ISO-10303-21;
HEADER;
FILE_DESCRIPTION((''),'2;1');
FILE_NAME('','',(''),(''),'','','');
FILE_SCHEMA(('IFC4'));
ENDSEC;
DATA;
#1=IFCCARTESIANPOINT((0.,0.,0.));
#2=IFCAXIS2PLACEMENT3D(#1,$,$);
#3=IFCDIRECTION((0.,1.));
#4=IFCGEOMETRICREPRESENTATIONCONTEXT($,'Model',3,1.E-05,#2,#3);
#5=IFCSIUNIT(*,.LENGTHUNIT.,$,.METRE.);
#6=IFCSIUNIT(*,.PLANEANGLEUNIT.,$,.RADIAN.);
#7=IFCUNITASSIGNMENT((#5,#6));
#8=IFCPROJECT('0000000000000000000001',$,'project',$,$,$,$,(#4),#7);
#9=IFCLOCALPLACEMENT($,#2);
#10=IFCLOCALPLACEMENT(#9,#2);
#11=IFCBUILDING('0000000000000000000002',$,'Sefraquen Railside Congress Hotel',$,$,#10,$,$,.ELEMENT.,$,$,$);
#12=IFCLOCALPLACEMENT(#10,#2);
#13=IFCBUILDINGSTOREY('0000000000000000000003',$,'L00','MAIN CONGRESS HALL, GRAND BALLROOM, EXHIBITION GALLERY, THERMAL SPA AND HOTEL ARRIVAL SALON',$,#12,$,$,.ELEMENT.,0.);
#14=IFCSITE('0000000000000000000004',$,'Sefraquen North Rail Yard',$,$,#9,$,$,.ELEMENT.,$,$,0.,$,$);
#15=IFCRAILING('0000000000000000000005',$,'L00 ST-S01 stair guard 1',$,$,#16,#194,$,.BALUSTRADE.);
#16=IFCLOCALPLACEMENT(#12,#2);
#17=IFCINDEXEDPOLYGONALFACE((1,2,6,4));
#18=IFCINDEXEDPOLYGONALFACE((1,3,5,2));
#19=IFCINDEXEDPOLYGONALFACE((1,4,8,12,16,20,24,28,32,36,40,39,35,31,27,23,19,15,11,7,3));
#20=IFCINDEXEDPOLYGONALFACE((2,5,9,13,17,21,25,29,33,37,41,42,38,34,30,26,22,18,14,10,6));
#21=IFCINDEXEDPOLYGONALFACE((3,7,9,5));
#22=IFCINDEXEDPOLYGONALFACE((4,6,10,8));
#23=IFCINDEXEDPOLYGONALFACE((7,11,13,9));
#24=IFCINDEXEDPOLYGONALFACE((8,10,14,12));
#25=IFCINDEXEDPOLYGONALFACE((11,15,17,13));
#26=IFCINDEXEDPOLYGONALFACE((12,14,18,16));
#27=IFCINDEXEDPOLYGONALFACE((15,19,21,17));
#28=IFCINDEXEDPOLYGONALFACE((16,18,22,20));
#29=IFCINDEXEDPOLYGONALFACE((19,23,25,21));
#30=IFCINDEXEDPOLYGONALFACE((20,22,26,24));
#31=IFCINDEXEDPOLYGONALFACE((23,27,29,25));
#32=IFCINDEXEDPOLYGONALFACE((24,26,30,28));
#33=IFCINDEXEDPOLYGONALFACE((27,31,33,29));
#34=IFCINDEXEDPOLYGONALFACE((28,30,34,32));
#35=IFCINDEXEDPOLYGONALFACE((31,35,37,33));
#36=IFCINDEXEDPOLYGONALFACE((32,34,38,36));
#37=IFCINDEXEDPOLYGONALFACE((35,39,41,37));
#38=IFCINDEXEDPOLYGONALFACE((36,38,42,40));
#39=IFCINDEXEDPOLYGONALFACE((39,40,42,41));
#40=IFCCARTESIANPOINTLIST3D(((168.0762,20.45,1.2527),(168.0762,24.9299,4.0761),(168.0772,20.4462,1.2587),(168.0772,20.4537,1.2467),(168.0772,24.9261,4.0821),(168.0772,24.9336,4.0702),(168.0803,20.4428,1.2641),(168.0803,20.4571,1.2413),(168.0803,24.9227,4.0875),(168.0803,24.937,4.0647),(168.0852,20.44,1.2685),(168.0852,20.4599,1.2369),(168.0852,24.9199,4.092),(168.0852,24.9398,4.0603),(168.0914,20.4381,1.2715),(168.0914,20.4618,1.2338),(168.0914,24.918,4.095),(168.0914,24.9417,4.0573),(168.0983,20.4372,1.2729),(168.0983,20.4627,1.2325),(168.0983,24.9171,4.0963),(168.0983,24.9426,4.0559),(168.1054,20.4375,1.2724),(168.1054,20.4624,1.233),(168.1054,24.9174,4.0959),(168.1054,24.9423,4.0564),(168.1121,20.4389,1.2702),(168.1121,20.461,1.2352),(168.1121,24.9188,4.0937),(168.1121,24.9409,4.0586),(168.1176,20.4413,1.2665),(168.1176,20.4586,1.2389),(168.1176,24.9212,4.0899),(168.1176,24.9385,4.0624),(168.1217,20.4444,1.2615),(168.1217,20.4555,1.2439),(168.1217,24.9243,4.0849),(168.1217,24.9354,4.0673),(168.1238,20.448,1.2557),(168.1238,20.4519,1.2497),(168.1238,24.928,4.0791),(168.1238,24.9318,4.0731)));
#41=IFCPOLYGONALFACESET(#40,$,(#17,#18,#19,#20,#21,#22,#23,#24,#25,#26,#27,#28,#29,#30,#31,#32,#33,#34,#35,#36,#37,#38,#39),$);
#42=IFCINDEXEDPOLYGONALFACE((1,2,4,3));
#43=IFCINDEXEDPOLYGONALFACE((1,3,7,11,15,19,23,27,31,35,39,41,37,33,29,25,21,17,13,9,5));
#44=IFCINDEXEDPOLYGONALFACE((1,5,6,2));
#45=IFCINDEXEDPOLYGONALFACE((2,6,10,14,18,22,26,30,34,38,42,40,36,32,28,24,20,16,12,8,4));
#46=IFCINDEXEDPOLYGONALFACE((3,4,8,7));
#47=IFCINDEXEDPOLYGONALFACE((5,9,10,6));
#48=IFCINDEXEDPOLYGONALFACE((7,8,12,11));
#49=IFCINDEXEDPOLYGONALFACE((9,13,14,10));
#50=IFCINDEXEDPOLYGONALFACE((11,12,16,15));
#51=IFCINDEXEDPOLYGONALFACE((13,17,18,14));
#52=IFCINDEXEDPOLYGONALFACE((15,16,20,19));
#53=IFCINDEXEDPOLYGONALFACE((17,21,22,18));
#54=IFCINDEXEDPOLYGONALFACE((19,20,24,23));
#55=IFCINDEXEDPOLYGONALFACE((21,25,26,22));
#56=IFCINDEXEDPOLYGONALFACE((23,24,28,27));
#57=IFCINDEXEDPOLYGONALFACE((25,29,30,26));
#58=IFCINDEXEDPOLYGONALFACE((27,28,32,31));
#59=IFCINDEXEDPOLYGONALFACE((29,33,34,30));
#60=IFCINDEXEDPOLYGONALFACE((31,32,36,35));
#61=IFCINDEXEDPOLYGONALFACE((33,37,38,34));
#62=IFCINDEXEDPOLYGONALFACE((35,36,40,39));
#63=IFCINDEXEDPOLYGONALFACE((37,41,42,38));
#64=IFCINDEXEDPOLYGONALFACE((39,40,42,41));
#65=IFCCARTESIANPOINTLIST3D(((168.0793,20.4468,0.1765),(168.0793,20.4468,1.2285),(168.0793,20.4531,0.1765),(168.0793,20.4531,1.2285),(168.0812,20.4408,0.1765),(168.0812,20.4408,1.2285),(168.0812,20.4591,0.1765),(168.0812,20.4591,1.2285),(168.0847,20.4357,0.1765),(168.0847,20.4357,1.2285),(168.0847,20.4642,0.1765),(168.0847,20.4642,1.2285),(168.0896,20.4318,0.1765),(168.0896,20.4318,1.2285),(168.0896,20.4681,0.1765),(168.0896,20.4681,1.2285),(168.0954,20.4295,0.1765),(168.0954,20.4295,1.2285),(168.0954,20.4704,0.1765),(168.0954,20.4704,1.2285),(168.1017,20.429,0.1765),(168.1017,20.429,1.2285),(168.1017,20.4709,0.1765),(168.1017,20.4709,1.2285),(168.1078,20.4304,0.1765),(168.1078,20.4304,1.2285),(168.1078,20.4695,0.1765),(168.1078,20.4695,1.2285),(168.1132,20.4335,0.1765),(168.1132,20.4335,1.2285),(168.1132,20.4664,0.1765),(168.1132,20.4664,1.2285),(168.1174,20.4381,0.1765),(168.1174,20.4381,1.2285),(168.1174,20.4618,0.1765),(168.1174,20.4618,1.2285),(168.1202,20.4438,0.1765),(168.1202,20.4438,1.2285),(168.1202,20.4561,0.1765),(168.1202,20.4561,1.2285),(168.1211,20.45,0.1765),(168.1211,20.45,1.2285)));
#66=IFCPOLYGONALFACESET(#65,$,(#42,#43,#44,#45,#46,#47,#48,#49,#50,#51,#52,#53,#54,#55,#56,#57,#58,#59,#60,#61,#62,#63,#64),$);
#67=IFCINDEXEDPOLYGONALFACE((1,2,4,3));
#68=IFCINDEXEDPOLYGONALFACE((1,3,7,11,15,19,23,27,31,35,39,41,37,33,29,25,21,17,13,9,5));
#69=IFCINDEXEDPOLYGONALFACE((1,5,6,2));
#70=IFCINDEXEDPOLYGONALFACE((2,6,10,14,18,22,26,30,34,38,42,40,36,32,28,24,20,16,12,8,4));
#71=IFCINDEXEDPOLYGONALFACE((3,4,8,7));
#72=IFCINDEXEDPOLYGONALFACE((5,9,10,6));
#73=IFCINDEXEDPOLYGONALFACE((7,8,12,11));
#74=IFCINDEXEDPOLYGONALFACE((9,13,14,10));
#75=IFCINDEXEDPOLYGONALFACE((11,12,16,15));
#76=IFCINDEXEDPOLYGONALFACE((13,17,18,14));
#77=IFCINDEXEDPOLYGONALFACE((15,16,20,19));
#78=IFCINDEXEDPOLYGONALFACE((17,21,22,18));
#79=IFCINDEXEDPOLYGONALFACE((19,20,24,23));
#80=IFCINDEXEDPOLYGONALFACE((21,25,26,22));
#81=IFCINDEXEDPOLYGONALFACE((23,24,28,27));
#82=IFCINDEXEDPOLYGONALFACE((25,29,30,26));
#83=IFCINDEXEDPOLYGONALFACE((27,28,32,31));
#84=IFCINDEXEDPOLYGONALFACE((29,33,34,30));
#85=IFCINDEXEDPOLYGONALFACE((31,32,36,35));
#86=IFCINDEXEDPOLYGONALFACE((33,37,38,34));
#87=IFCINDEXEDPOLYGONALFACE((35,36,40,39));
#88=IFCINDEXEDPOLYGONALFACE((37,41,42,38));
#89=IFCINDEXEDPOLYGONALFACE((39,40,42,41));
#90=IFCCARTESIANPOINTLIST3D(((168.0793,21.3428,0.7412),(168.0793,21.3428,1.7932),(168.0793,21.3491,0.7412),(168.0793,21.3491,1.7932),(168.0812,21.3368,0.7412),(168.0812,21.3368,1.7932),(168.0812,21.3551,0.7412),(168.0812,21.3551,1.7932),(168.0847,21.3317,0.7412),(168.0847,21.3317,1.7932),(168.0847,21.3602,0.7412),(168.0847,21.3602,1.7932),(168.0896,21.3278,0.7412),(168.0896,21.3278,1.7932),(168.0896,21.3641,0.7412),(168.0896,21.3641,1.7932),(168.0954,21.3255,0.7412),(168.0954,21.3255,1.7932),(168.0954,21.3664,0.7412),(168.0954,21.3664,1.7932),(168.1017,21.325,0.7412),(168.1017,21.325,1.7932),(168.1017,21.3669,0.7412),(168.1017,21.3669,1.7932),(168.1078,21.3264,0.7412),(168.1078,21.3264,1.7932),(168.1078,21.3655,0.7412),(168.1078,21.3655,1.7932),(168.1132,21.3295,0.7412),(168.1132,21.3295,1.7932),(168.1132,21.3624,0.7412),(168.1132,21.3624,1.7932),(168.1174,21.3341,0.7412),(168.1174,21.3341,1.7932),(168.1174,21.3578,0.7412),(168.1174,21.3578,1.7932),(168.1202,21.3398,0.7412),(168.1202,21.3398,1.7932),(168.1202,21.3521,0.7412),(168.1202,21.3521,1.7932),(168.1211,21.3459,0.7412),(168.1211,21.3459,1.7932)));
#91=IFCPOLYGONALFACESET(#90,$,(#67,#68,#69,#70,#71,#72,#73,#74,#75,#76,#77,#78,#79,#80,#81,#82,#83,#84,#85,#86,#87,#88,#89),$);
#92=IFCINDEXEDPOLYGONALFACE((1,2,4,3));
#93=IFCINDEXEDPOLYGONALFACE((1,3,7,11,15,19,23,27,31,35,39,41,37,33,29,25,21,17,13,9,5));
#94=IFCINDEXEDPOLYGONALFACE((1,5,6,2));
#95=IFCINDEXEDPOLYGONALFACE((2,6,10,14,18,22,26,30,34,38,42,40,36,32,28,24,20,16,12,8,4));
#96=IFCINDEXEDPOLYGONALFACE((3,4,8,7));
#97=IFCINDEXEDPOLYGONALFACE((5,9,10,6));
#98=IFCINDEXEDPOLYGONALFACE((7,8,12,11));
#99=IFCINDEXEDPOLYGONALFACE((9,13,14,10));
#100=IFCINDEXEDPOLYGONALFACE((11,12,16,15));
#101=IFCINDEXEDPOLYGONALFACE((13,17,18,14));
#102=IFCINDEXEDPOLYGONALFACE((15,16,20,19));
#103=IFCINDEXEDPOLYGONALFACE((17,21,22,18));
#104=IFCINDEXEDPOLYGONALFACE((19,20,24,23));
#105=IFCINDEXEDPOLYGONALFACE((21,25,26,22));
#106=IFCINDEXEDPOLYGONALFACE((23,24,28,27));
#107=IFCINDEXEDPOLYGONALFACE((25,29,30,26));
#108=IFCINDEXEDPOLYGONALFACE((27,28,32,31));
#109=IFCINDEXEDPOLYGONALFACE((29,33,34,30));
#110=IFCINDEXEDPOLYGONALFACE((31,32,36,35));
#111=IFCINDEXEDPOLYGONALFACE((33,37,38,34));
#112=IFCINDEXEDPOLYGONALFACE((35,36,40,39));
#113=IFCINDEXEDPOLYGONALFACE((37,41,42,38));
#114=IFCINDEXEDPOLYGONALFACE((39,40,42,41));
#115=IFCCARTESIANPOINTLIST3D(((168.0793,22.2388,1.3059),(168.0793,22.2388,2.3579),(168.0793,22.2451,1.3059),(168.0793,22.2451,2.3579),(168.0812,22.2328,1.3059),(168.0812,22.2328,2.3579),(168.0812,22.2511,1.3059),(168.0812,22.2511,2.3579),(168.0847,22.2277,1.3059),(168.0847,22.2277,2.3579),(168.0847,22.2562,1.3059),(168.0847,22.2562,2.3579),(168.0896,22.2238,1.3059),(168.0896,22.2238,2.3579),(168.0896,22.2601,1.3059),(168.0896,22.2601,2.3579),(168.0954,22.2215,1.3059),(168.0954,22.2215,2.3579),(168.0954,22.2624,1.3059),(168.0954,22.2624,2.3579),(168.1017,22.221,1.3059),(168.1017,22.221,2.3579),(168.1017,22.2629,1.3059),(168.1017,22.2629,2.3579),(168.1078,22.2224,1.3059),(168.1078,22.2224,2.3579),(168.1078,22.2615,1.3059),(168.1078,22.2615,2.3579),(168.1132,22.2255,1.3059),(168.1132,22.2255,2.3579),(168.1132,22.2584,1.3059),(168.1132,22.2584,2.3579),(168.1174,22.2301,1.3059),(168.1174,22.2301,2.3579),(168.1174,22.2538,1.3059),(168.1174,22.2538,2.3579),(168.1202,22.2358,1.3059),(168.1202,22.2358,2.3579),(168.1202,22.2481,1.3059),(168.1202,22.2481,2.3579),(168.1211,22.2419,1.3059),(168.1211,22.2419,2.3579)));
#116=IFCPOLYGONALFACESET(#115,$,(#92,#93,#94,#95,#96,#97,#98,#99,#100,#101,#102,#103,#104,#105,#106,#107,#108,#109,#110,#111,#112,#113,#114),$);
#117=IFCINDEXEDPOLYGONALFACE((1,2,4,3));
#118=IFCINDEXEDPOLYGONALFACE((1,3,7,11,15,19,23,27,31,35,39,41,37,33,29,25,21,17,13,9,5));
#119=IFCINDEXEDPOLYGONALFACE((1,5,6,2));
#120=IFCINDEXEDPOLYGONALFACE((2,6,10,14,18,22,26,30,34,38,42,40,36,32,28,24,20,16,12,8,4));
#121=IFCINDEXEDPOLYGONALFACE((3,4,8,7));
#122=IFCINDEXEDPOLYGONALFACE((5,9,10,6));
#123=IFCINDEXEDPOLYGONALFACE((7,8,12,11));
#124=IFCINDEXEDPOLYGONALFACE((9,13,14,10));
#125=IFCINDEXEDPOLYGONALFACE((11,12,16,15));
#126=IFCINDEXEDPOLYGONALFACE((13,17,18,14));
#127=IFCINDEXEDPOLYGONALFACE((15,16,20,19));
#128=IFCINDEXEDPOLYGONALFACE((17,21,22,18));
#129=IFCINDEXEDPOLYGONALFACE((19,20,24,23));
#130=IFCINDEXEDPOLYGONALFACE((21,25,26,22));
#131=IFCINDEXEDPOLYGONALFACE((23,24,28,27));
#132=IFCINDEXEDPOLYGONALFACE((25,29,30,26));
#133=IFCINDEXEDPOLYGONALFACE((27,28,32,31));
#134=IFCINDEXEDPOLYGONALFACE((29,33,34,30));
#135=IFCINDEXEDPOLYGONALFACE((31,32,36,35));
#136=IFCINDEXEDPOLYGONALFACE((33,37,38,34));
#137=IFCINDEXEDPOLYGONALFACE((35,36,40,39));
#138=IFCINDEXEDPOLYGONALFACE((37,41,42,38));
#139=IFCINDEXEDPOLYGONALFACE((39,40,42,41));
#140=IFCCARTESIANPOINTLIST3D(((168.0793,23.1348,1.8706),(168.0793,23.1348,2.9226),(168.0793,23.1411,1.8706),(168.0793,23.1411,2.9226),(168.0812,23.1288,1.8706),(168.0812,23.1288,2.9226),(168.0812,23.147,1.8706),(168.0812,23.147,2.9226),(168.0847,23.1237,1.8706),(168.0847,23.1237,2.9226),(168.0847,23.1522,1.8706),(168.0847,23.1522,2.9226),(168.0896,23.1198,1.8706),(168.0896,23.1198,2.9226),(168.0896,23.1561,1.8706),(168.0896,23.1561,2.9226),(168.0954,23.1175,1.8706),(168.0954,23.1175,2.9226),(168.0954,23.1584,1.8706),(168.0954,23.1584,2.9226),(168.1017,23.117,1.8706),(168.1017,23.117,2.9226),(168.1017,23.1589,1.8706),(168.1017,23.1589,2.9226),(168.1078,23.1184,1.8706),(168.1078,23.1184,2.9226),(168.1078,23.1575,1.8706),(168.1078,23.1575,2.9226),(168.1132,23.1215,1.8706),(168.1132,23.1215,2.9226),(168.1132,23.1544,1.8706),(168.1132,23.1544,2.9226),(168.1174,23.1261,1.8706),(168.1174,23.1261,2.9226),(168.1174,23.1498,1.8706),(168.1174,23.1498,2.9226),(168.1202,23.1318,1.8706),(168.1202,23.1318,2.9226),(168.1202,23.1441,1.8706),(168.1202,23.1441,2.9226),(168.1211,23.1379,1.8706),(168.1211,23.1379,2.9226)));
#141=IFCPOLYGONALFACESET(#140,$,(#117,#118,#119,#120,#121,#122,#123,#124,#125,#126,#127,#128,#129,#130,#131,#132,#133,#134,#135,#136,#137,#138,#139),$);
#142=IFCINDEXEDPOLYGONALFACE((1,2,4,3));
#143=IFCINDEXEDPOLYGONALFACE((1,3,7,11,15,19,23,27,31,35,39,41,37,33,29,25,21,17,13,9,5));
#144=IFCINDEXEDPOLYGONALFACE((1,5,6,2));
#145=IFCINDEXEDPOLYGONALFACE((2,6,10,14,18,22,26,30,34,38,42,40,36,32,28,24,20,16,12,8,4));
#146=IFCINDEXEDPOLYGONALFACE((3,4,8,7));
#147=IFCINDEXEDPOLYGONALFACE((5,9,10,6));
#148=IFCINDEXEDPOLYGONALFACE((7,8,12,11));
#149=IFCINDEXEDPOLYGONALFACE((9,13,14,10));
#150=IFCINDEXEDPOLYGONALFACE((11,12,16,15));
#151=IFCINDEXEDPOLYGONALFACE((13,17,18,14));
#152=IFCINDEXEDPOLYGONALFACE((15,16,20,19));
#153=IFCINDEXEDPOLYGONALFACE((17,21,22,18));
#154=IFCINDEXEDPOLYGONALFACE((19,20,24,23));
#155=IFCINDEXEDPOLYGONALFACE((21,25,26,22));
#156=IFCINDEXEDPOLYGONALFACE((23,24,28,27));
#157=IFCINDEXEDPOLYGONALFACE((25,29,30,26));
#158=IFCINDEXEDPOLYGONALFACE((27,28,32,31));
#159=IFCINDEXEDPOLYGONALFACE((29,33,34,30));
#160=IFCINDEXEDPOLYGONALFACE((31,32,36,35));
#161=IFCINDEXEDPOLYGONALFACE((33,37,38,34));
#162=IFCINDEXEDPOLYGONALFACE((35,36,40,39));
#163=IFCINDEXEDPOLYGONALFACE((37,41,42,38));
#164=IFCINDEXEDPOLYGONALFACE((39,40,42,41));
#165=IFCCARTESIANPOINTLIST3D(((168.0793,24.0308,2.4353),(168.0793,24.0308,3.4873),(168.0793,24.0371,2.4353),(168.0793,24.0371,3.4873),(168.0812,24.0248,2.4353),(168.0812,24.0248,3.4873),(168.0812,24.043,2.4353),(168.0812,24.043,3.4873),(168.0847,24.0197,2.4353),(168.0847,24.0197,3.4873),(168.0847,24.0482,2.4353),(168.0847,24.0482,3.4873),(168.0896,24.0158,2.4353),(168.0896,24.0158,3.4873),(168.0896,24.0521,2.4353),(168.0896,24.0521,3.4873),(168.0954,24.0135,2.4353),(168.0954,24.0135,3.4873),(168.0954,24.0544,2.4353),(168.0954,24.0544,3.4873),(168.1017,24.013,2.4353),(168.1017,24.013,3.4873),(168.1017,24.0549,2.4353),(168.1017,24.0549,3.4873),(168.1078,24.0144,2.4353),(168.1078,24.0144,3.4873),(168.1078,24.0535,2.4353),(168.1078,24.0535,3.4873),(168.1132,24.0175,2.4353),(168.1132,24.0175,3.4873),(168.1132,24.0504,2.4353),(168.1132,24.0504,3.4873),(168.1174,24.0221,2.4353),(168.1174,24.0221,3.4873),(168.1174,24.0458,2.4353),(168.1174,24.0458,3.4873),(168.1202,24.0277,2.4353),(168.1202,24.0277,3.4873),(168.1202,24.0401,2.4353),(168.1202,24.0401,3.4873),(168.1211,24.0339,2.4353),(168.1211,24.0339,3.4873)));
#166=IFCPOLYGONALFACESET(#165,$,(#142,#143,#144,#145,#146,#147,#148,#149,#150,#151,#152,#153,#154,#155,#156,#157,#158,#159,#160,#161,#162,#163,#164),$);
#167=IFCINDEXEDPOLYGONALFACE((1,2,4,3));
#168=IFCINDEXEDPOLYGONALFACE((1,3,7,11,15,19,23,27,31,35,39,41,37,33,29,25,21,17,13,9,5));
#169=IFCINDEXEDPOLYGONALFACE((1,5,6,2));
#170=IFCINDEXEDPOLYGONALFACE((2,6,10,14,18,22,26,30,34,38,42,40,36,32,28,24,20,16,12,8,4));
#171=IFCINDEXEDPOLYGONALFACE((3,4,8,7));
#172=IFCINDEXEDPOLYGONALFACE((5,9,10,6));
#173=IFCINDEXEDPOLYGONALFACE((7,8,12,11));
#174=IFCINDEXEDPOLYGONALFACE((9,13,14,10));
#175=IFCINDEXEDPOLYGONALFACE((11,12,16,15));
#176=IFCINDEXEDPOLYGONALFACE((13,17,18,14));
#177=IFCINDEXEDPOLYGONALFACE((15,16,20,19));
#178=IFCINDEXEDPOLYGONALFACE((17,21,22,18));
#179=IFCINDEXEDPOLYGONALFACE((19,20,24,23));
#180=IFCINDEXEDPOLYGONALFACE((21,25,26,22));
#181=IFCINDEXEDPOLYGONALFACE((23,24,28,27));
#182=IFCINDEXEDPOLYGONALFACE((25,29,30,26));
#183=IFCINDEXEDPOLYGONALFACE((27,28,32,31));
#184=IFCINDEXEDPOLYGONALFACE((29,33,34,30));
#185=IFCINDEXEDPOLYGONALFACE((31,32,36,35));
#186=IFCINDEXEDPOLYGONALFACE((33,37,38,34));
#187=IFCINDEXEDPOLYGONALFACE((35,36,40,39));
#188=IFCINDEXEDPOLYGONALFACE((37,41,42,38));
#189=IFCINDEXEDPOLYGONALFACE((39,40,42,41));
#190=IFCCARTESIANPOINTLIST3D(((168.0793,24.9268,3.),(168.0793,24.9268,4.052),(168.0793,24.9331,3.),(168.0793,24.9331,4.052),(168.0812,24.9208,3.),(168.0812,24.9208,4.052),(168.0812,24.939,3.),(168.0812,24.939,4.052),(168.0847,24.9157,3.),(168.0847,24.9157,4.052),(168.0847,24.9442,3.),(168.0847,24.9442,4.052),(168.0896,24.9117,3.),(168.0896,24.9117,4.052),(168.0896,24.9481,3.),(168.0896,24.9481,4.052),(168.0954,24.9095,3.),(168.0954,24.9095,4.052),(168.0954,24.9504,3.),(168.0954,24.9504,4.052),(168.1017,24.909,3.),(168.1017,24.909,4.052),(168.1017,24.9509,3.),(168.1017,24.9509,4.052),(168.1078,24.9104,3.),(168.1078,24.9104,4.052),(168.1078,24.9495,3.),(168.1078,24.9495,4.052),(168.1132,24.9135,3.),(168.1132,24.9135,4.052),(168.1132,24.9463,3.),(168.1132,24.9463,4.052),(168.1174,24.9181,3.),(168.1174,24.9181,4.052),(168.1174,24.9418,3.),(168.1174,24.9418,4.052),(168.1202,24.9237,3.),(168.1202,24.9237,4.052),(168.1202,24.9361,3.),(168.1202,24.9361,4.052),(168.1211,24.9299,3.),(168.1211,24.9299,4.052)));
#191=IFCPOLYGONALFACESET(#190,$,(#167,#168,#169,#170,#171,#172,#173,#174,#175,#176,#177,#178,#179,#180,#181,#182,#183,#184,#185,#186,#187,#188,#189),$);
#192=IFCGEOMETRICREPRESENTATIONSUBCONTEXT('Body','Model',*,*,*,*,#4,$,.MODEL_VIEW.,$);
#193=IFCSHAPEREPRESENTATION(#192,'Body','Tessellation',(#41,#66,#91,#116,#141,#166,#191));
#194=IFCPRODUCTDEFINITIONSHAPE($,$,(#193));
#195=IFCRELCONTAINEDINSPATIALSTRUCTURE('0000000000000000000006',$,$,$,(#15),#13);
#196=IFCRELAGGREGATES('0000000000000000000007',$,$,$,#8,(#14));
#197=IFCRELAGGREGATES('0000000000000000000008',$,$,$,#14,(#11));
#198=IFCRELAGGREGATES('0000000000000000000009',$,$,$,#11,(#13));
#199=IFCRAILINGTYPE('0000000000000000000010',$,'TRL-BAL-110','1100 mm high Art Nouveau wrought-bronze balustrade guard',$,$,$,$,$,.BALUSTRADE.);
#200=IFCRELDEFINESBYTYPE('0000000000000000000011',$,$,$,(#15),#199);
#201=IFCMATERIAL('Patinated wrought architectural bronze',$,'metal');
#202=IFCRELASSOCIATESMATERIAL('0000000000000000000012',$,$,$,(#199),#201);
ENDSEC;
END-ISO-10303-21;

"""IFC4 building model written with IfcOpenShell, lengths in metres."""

from ifc_helpers import new_model, si_unit, direction, frame, origin, origin_2d, place, context, subcontext, project, spatial, circle, extrude, material, type_object, element, save


model = new_model("IFC4")

# Units and contexts
model_context = context("Model", 3, precision=1e-05, world=origin(), true_north=direction((0.0, 1.0)))
body_context = subcontext(model_context, "Body", "Model", "MODEL_VIEW")
ifc_project = project(units=[si_unit("LENGTHUNIT", "METRE"), si_unit("PLANEANGLEUNIT", "RADIAN")], contexts=[model_context])

# Site, building, storey
site_placement = place(None, origin())
site = spatial("IfcSite", under=ifc_project, at=site_placement, Name="Sefraquen North Rail Yard", CompositionType="ELEMENT", RefElevation=0.0)
building_placement = place(site_placement, origin())
building = spatial("IfcBuilding", under=site, at=building_placement, Name="Sefraquen Railside Congress Hotel", CompositionType="ELEMENT")
storey_placement = place(building_placement, origin())
storey = spatial("IfcBuildingStorey", under=building, at=storey_placement, Name="L00", Description="MAIN CONGRESS HALL, GRAND BALLROOM, EXHIBITION GALLERY, THERMAL SPA AND HOTEL ARRIVAL SALON", CompositionType="ELEMENT", Elevation=0.0)

# Railing
ifc_material_1 = material(Name="Patinated wrought architectural bronze", Category="metal")
railing_type_1 = type_object("IfcRailingType", Name="TRL-BAL-110", Description="1100 mm high Art Nouveau wrought-bronze balustrade guard", PredefinedType="BALUSTRADE", material=ifc_material_1)
railing_1_placement = place(storey_placement, frame((168.1001, 20.45, 0.1765)))
element("IfcRailing", 1, at=railing_1_placement, inside=storey, type_object=railing_type_1, Name="L00 ST-S01 stair guard 1", PredefinedType="BALUSTRADE", context=body_context, shape_type="SweptSolid", body=[
    extrude(circle(Radius=0.0239, at=origin_2d()), frame((0.0, 0.0, 1.0762), z_axis=(0.0, 0.845998, 0.533186), x_axis=(-1.0, 0.0, 0.0)), (0.0, 0.0, 1.0), 5.2954),
    extrude(circle(Radius=0.021, at=origin_2d()), origin(), (0.0, 0.0, 1.0), 1.052),
    extrude(circle(Radius=0.021, at=origin_2d()), frame((0.0, 0.896, 0.5647)), (0.0, 0.0, 1.0), 1.052),
    extrude(circle(Radius=0.021, at=origin_2d()), frame((0.0, 1.792, 1.1294)), (0.0, 0.0, 1.0), 1.052),
    extrude(circle(Radius=0.021, at=origin_2d()), frame((0.0, 2.688, 1.6941)), (0.0, 0.0, 1.0), 1.052),
    extrude(circle(Radius=0.021, at=origin_2d()), frame((0.0, 3.584, 2.2588)), (0.0, 0.0, 1.0), 1.052),
    extrude(circle(Radius=0.021, at=origin_2d()), frame((0.0, 4.48, 2.8235)), (0.0, 0.0, 1.0), 1.052),
])

save(model, "model.ifc")
